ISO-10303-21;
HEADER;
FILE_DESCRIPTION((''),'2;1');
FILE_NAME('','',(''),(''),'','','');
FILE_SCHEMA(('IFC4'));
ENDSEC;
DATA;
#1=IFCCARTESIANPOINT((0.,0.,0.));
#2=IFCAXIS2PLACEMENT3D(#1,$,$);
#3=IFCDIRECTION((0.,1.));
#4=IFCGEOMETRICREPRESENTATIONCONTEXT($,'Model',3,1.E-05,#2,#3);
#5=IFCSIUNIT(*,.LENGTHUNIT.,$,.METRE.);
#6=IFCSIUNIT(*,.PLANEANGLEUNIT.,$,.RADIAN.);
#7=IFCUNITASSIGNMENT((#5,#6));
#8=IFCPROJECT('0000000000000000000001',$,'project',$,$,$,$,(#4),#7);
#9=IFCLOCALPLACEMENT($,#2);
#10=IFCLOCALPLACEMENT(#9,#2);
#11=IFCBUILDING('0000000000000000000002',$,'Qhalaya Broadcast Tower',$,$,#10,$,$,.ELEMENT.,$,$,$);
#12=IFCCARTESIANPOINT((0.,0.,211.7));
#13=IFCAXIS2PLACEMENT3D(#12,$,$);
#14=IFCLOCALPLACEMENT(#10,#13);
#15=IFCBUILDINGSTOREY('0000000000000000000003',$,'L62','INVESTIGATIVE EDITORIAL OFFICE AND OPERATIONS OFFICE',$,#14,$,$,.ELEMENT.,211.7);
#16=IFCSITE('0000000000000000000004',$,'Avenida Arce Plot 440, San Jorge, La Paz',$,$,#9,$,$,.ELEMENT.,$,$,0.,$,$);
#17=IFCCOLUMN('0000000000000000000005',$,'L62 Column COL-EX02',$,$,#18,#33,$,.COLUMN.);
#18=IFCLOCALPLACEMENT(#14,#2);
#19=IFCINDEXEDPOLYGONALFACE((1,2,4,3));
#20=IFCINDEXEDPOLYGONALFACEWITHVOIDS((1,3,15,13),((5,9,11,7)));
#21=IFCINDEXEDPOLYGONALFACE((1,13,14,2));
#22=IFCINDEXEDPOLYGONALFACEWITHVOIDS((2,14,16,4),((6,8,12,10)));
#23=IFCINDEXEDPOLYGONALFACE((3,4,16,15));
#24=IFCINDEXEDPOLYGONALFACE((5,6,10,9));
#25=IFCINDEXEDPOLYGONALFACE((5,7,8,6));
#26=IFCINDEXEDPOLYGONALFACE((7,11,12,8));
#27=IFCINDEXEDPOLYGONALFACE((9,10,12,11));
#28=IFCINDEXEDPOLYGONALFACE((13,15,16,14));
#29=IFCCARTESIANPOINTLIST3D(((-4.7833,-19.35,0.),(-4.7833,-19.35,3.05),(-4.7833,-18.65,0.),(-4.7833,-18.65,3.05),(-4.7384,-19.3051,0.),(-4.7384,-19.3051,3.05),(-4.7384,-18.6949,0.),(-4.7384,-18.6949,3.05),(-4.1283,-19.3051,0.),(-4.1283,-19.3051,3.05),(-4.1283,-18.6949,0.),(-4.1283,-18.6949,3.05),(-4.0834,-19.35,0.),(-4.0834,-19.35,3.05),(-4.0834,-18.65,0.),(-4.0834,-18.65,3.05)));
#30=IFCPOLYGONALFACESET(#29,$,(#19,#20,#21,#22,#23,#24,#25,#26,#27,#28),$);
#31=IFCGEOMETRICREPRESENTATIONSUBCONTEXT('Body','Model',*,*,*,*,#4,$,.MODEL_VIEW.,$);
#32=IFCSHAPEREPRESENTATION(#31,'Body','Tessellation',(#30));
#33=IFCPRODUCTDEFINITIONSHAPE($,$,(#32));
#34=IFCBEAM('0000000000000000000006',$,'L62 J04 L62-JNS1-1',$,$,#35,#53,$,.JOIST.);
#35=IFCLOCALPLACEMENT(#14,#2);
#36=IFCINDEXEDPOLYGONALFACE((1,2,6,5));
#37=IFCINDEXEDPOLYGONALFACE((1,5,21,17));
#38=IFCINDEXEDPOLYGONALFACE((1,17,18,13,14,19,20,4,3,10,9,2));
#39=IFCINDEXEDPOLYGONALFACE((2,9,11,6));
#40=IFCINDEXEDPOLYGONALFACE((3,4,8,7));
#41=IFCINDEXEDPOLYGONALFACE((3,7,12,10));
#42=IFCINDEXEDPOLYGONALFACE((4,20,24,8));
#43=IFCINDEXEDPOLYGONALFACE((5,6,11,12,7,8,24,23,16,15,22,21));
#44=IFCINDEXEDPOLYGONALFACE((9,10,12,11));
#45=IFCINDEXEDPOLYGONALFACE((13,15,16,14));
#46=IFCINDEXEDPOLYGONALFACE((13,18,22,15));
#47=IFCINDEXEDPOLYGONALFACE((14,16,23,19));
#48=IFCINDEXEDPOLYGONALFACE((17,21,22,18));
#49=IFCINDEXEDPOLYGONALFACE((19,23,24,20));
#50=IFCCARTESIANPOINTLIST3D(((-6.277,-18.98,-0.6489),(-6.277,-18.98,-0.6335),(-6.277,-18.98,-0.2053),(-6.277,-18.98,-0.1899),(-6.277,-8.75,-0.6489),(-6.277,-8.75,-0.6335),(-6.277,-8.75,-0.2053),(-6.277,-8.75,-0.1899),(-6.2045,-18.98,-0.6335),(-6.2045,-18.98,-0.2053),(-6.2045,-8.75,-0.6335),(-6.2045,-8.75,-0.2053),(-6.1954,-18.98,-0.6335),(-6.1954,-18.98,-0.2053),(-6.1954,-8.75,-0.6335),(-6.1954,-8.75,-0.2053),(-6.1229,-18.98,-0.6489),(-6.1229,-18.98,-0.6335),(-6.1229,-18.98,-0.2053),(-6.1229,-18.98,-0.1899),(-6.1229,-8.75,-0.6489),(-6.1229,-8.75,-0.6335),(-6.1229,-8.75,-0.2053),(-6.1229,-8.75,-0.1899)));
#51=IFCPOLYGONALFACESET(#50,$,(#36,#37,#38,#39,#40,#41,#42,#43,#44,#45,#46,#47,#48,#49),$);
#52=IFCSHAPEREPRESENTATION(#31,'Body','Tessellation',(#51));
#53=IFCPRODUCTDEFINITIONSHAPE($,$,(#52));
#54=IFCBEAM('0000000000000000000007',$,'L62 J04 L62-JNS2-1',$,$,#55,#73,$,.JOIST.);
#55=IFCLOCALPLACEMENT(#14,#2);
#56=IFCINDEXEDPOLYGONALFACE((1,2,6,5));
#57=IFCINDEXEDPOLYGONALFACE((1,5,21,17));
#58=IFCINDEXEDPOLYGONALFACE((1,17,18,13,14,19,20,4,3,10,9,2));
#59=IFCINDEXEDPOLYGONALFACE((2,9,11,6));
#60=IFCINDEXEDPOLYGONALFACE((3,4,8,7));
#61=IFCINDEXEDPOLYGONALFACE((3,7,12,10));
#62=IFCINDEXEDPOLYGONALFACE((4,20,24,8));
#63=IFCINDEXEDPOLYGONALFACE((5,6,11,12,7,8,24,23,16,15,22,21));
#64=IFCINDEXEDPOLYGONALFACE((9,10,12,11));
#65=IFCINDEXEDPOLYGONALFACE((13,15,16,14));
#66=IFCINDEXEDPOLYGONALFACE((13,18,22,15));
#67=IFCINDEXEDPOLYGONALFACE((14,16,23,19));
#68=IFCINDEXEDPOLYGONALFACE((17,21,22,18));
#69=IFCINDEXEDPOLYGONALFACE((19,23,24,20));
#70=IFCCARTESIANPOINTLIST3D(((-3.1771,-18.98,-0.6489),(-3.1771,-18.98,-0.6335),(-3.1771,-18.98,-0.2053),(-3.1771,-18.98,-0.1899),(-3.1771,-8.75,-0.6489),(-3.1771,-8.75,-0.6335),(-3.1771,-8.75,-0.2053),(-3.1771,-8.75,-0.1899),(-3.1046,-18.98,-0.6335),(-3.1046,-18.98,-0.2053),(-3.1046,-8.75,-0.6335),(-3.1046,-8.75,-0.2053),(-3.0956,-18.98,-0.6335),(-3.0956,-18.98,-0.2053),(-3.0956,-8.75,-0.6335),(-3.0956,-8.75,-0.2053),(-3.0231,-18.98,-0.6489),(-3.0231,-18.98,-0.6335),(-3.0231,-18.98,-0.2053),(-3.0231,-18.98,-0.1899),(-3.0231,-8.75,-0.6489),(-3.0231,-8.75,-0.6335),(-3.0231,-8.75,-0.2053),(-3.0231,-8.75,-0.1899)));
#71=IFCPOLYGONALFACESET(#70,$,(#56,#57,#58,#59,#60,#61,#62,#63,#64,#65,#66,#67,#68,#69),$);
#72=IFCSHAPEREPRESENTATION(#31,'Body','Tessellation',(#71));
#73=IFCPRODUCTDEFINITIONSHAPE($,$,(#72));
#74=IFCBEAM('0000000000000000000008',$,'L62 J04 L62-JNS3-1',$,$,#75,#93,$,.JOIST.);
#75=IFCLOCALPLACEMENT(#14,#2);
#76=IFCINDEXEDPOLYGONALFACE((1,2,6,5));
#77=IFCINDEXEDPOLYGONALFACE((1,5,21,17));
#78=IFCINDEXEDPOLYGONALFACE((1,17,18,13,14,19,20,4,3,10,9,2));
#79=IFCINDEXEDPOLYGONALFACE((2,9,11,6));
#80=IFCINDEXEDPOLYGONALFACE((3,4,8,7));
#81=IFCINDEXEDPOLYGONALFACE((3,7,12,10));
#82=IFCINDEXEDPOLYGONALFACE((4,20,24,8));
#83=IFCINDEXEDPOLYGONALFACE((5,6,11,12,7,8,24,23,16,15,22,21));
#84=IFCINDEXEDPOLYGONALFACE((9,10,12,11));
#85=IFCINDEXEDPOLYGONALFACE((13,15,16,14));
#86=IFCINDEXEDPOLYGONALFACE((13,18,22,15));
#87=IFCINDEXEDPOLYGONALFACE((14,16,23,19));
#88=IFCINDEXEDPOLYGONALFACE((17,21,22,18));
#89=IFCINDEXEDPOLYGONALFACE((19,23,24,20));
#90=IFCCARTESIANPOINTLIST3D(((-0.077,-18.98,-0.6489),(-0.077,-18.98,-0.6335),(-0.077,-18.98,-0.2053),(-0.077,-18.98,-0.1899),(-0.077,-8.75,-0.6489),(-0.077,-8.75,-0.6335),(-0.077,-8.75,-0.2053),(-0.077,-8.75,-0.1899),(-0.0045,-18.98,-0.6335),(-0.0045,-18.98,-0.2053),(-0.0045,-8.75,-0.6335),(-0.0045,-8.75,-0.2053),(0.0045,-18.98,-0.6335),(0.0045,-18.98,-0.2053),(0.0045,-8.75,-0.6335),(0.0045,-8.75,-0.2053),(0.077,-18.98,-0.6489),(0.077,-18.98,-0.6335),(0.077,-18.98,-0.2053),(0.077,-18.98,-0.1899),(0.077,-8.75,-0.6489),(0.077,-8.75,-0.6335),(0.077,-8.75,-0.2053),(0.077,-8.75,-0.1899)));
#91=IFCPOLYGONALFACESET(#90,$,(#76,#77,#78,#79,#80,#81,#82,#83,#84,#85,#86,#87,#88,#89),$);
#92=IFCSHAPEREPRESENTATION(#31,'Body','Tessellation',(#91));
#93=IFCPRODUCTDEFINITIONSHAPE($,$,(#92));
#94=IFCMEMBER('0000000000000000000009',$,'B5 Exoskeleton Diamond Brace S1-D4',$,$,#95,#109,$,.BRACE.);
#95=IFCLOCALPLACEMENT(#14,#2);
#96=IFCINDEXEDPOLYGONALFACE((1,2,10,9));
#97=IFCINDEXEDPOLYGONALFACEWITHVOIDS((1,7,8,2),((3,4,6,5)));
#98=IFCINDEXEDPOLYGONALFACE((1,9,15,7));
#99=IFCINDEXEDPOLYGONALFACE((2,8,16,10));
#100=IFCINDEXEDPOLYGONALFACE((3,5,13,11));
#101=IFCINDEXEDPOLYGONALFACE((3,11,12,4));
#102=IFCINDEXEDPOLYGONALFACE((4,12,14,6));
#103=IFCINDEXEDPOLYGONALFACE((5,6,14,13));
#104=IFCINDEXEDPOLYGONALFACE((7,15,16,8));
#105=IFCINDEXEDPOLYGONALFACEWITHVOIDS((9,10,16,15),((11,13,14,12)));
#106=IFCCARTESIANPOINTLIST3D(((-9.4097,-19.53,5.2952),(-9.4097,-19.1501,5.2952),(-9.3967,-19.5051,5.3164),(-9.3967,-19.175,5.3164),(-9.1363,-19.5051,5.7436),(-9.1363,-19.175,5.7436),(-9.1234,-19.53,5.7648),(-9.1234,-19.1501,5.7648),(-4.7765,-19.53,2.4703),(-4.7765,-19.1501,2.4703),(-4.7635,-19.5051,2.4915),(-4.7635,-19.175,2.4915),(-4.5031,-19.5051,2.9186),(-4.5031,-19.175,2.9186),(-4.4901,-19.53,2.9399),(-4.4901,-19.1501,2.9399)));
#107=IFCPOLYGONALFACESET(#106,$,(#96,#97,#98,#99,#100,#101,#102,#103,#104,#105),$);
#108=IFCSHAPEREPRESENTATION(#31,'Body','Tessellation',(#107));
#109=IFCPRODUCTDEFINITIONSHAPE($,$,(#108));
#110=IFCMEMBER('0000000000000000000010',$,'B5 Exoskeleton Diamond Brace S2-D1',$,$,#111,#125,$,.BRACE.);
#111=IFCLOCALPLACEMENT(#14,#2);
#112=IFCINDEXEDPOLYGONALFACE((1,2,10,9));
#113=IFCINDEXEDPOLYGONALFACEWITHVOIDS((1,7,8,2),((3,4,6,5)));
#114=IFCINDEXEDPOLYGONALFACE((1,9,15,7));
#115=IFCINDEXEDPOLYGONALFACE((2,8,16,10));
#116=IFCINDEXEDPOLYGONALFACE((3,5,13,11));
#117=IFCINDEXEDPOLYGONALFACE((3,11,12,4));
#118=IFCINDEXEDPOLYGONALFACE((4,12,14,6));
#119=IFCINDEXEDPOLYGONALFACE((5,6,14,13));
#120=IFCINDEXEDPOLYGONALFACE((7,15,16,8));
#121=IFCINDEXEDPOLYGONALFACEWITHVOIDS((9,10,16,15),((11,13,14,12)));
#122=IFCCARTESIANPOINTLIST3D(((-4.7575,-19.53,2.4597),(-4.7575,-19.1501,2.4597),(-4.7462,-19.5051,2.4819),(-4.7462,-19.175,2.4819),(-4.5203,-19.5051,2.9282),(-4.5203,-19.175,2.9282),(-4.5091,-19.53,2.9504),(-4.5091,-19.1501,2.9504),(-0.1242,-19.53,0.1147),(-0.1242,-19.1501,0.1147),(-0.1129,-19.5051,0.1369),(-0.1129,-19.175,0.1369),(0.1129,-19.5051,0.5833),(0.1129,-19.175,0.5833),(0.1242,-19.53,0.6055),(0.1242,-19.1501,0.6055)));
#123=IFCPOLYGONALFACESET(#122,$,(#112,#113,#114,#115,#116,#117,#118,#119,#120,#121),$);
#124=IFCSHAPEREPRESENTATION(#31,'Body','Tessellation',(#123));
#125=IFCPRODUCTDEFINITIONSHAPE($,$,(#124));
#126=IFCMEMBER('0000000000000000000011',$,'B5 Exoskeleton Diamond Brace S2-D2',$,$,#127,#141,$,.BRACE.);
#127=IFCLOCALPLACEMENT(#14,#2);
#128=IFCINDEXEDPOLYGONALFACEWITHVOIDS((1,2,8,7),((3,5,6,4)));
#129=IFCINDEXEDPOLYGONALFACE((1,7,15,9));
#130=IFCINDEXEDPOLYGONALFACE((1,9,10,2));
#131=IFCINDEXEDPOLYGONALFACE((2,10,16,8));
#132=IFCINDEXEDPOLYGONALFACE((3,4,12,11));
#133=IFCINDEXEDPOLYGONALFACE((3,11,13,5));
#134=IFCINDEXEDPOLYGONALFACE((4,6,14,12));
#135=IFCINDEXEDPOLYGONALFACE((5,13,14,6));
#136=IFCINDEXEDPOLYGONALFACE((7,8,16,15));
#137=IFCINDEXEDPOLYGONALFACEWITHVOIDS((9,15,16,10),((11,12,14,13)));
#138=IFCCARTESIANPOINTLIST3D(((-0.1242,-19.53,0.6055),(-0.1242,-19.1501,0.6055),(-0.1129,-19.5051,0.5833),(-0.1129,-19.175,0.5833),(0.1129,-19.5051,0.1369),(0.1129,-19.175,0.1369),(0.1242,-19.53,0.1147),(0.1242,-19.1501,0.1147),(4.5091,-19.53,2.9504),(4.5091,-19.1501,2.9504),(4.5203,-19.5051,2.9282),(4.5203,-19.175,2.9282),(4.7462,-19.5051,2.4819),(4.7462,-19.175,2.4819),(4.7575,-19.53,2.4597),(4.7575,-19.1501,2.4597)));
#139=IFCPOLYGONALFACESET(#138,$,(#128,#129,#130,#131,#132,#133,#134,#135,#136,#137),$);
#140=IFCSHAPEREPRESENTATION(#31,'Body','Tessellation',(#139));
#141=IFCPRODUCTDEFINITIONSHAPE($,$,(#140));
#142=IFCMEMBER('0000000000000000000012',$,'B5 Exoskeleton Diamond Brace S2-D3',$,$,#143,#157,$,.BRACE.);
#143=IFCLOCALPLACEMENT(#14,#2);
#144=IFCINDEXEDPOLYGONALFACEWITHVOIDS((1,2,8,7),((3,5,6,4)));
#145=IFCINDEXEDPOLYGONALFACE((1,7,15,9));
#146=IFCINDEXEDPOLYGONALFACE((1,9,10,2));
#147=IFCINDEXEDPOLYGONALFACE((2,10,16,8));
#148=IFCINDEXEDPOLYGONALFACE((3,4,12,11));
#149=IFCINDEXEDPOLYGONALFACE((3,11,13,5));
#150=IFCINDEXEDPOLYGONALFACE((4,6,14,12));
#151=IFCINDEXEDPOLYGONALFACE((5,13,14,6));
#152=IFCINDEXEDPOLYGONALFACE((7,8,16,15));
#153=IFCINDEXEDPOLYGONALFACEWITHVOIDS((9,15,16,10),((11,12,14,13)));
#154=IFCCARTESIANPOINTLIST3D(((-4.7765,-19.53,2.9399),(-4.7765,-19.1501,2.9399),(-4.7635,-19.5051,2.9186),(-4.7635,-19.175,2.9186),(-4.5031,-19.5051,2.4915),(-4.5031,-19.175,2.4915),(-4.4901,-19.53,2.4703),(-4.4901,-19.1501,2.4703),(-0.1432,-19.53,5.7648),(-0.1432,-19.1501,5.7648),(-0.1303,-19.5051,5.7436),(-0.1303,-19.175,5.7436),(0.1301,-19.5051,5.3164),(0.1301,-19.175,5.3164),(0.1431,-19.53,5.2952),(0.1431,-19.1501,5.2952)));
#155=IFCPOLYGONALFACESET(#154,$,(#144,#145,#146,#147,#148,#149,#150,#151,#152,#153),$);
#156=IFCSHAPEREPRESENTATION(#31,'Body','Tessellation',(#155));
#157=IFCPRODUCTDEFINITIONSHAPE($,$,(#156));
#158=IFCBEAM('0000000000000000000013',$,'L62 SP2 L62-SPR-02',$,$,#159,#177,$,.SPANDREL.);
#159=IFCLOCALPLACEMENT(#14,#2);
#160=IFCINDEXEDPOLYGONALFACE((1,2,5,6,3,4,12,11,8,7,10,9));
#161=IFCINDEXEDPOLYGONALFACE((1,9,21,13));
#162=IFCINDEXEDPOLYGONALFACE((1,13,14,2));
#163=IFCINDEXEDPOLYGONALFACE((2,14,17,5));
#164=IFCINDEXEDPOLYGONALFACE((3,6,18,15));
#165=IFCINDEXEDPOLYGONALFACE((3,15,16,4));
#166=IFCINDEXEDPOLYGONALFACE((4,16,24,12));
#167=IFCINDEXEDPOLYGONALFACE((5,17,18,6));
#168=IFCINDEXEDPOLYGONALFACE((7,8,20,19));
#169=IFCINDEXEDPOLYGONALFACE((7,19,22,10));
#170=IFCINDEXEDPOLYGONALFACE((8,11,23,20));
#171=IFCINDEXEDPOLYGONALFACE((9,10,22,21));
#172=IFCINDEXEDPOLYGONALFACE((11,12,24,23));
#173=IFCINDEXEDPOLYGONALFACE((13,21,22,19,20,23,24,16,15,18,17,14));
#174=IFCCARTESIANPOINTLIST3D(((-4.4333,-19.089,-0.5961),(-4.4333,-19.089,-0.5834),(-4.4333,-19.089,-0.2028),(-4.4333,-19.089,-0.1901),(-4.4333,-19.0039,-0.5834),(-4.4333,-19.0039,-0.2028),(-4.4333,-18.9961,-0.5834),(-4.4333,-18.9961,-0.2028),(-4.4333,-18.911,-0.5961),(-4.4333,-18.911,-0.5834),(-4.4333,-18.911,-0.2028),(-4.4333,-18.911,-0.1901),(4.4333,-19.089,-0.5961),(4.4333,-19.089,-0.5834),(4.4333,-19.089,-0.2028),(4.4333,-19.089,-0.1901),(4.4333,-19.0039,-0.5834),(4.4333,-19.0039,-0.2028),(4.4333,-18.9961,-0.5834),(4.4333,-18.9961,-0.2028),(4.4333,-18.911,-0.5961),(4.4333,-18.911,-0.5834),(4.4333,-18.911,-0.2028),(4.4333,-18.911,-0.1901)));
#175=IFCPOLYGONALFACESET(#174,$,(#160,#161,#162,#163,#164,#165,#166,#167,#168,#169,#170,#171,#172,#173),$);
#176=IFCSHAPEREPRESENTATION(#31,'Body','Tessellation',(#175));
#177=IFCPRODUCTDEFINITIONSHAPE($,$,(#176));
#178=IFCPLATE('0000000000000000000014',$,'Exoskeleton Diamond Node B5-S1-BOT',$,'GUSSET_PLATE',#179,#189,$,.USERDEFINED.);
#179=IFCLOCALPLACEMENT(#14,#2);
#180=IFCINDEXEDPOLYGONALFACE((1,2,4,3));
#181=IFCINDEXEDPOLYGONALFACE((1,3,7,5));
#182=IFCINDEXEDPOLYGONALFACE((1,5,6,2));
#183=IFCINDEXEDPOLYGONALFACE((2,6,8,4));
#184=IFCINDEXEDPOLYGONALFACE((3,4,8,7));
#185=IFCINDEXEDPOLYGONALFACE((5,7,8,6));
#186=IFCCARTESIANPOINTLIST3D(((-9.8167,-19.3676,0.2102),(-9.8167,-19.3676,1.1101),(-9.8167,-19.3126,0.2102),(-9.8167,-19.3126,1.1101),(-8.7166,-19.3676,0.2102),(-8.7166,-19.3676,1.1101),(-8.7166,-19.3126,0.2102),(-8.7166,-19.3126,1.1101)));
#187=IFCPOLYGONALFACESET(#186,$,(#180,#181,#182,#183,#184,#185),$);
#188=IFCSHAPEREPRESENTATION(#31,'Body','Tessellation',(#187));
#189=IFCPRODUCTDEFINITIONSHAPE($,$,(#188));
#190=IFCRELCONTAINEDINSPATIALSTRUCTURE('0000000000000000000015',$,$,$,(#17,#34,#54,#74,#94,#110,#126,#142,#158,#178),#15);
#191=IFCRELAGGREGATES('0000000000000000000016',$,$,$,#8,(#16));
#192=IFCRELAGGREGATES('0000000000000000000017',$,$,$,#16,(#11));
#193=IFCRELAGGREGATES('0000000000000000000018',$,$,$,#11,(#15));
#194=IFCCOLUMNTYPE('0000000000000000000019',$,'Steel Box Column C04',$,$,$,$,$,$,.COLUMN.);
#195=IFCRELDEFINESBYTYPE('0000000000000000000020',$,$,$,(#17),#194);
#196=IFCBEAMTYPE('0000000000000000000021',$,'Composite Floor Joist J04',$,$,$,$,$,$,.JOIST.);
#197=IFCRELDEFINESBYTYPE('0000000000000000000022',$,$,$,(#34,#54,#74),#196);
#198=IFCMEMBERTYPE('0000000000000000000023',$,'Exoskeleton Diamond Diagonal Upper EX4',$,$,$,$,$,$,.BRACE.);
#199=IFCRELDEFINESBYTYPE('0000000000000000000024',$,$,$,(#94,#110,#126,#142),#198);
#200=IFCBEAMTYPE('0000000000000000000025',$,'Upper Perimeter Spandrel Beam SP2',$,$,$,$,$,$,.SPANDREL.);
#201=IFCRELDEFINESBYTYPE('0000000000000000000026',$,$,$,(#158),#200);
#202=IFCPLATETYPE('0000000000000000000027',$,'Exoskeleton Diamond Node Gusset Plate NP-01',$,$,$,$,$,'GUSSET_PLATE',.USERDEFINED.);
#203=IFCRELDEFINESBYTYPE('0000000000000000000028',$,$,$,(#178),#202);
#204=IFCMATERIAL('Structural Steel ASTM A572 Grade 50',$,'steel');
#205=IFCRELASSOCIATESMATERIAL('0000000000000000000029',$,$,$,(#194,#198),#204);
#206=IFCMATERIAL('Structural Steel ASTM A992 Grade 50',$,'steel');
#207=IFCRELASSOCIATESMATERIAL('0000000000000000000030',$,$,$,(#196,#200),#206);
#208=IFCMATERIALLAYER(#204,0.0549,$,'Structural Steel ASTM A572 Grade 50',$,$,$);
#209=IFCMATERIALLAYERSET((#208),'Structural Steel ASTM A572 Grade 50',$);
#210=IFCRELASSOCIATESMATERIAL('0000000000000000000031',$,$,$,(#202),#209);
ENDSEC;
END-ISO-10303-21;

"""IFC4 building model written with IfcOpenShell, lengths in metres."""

from ifc_helpers import new_model, si_unit, direction, frame, origin, origin_2d, place, context, subcontext, project, spatial, rectangle, hollow_rectangle, i_section, extrude, material, layer, layer_set, material_profile, profile_set, type_object, element, save


model = new_model("IFC4")

# Units and contexts
model_context = context("Model", 3, precision=1e-05, world=origin(), true_north=direction((0.0, 1.0)))
body_context = subcontext(model_context, "Body", "Model", "MODEL_VIEW")
ifc_project = project(units=[si_unit("LENGTHUNIT", "METRE"), si_unit("PLANEANGLEUNIT", "RADIAN")], contexts=[model_context])

# Site, building, storey
site_placement = place(None, origin())
site = spatial("IfcSite", under=ifc_project, at=site_placement, Name="Avenida Arce Plot 440, San Jorge, La Paz", CompositionType="ELEMENT", RefElevation=0.0)
building_placement = place(site_placement, origin())
building = spatial("IfcBuilding", under=site, at=building_placement, Name="Qhalaya Broadcast Tower", CompositionType="ELEMENT")
storey_placement = place(building_placement, frame((0.0, 0.0, 211.7)))
storey = spatial("IfcBuildingStorey", under=building, at=storey_placement, Name="L62", Description="INVESTIGATIVE EDITORIAL OFFICE AND OPERATIONS OFFICE", CompositionType="ELEMENT", Elevation=211.7)

# Column
ifc_material_1 = material(Name="Structural Steel ASTM A572 Grade 50", Category="steel")
ifc_material_profile_1 = material_profile(ifc_material_1, hollow_rectangle(XDim=0.7, YDim=0.7, WallThickness=0.0449, at=origin_2d()), Name="BOX 700x700x45")
ifc_profile_set_1 = profile_set([ifc_material_profile_1], Name="Structural Steel ASTM A572 Grade 50")
column_type = type_object("IfcColumnType", Name="Steel Box Column C04", PredefinedType="COLUMN", material=ifc_profile_set_1)
column_placement = place(storey_placement, frame((-4.4333, -19.0, 0.0), z_axis=(0.0, 0.0, 1.0), x_axis=(1.0, 0.0, 0.0)))
element("IfcColumn", 1, at=column_placement, inside=storey, type_object=column_type, Name="L62 Column COL-EX02", PredefinedType="COLUMN", context=body_context, shape_type="SweptSolid", body=[
    extrude(hollow_rectangle(XDim=0.7, YDim=0.7, WallThickness=0.0449, at=origin_2d()), origin(), (0.0, 0.0, 1.0), 3.05),
])

# Beams
ifc_material_2 = material(Name="Structural Steel ASTM A992 Grade 50", Category="steel")
ifc_material_profile_2 = material_profile(ifc_material_2, i_section(OverallWidth=0.1541, OverallDepth=0.459, WebThickness=0.009, FlangeThickness=0.0154, at=origin_2d()), Name="W18X46")
ifc_profile_set_2 = profile_set([ifc_material_profile_2], Name="Structural Steel ASTM A992 Grade 50")
beam_type_1 = type_object("IfcBeamType", Name="Composite Floor Joist J04", PredefinedType="JOIST", material=ifc_profile_set_2)
for number, where, z_axis, x_axis, name in (
    (2, (-6.2, -18.98, -0.4194), (0.0, 1.0, 0.0), (-1.0, 0.0, 0.0), "L62 J04 L62-JNS1-1"),
    (3, (-3.1001, -18.98, -0.4194), (0.0, 1.0, 0.0), (-1.0, 0.0, 0.0), "L62 J04 L62-JNS2-1"),
    (4, (0.0, -18.98, -0.4194), (0.0, 1.0, 0.0), (-1.0, 0.0, 0.0), "L62 J04 L62-JNS3-1"),
):
    element("IfcBeam", number, at=place(storey_placement, frame(where, z_axis=z_axis, x_axis=x_axis)), inside=storey, type_object=beam_type_1, Name=name, PredefinedType="JOIST", context=body_context, shape_type="SweptSolid", body=[
        extrude(i_section(OverallWidth=0.1541, OverallDepth=0.459, WebThickness=0.009, FlangeThickness=0.0154, at=origin_2d()), origin(), (0.0, 0.0, 1.0), 10.23),
    ])

# Members
ifc_material_profile_3 = material_profile(ifc_material_1, hollow_rectangle(XDim=0.3799, YDim=0.55, WallThickness=0.0249, at=origin_2d()), Name="BOX 380x550x25")
ifc_profile_set_3 = profile_set([ifc_material_profile_3], Name="Structural Steel ASTM A572 Grade 50")
member_type = type_object("IfcMemberType", Name="Exoskeleton Diamond Diagonal Upper EX4", PredefinedType="BRACE", material=ifc_profile_set_3)
member_1_placement = place(storey_placement, frame((-4.6333, -19.3401, 2.7051), z_axis=(-0.853815, 0.0, 0.520576), x_axis=(0.0, -1.0, 0.0)))
element("IfcMember", 5, at=member_1_placement, inside=storey, type_object=member_type, Name="B5 Exoskeleton Diamond Brace S1-D4", PredefinedType="BRACE", context=body_context, shape_type="SweptSolid", body=[
    extrude(hollow_rectangle(XDim=0.3799, YDim=0.55, WallThickness=0.0249, at=origin_2d()), origin(), (0.0, 0.0, 1.0), 5.4265),
])
for number, where, z_axis, x_axis, name in (
    (6, (0.0, -19.3401, 0.3601), (-0.892235, 0.0, 0.451571), (0.0, -1.0, 0.0), "B5 Exoskeleton Diamond Brace S2-D1"),
    (7, (0.0, -19.3401, 0.3601), (0.892235, 0.0, 0.451571), (0.0, 1.0, 0.0), "B5 Exoskeleton Diamond Brace S2-D2"),
):
    element("IfcMember", number, at=place(storey_placement, frame(where, z_axis=z_axis, x_axis=x_axis)), inside=storey, type_object=member_type, Name=name, PredefinedType="BRACE", context=body_context, shape_type="SweptSolid", body=[
        extrude(hollow_rectangle(XDim=0.3799, YDim=0.55, WallThickness=0.0249, at=origin_2d()), origin(), (0.0, 0.0, 1.0), 5.1929),
    ])
member_2_placement = place(storey_placement, frame((-4.6333, -19.3401, 2.7051), z_axis=(0.853815, 0.0, 0.520576), x_axis=(0.0, 1.0, 0.0)))
element("IfcMember", 8, at=member_2_placement, inside=storey, type_object=member_type, Name="B5 Exoskeleton Diamond Brace S2-D3", PredefinedType="BRACE", context=body_context, shape_type="SweptSolid", body=[
    extrude(hollow_rectangle(XDim=0.3799, YDim=0.55, WallThickness=0.0249, at=origin_2d()), origin(), (0.0, 0.0, 1.0), 5.4265),
])

# Beam
ifc_material_profile_4 = material_profile(ifc_material_2, i_section(OverallWidth=0.178, OverallDepth=0.406, WebThickness=0.0078, FlangeThickness=0.0127, at=origin_2d()), Name="W16X40")
ifc_profile_set_4 = profile_set([ifc_material_profile_4], Name="Structural Steel ASTM A992 Grade 50")
beam_type_2 = type_object("IfcBeamType", Name="Upper Perimeter Spandrel Beam SP2", PredefinedType="SPANDREL", material=ifc_profile_set_4)
beam_placement = place(storey_placement, frame((-4.4333, -19.0, -0.3931), z_axis=(1.0, 0.0, 0.0), x_axis=(0.0, 1.0, 0.0)))
element("IfcBeam", 9, at=beam_placement, inside=storey, type_object=beam_type_2, Name="L62 SP2 L62-SPR-02", PredefinedType="SPANDREL", context=body_context, shape_type="SweptSolid", body=[
    extrude(i_section(OverallWidth=0.178, OverallDepth=0.406, WebThickness=0.0078, FlangeThickness=0.0127, at=origin_2d()), origin(), (0.0, 0.0, 1.0), 8.8667),
])

# Plate
ifc_layer_1 = layer(ifc_material_1, 0.0549, Name="Structural Steel ASTM A572 Grade 50")
ifc_layer_set_1 = layer_set([ifc_layer_1], Name="Structural Steel ASTM A572 Grade 50")
plate_type_1 = type_object("IfcPlateType", Name="Exoskeleton Diamond Node Gusset Plate NP-01", ElementType="GUSSET_PLATE", PredefinedType="USERDEFINED", material=ifc_layer_set_1)
for number, where, z_axis, x_axis, name in (
    (10, (-9.2666, -19.3401, 0.2102), (0.0, 0.0, 1.0), (1.0, 0.0, 0.0), "Exoskeleton Diamond Node B5-S1-BOT"),
):
    element("IfcPlate", number, at=place(storey_placement, frame(where, z_axis=z_axis, x_axis=x_axis)), inside=storey, type_object=plate_type_1, Name=name, ObjectType="GUSSET_PLATE", PredefinedType="USERDEFINED", context=body_context, shape_type="SweptSolid", body=[
        extrude(rectangle(XDim=1.1001, YDim=0.0549, at=origin_2d()), origin(), (0.0, 0.0, 1.0), 0.8999),
    ])

save(model, "model.ifc")
